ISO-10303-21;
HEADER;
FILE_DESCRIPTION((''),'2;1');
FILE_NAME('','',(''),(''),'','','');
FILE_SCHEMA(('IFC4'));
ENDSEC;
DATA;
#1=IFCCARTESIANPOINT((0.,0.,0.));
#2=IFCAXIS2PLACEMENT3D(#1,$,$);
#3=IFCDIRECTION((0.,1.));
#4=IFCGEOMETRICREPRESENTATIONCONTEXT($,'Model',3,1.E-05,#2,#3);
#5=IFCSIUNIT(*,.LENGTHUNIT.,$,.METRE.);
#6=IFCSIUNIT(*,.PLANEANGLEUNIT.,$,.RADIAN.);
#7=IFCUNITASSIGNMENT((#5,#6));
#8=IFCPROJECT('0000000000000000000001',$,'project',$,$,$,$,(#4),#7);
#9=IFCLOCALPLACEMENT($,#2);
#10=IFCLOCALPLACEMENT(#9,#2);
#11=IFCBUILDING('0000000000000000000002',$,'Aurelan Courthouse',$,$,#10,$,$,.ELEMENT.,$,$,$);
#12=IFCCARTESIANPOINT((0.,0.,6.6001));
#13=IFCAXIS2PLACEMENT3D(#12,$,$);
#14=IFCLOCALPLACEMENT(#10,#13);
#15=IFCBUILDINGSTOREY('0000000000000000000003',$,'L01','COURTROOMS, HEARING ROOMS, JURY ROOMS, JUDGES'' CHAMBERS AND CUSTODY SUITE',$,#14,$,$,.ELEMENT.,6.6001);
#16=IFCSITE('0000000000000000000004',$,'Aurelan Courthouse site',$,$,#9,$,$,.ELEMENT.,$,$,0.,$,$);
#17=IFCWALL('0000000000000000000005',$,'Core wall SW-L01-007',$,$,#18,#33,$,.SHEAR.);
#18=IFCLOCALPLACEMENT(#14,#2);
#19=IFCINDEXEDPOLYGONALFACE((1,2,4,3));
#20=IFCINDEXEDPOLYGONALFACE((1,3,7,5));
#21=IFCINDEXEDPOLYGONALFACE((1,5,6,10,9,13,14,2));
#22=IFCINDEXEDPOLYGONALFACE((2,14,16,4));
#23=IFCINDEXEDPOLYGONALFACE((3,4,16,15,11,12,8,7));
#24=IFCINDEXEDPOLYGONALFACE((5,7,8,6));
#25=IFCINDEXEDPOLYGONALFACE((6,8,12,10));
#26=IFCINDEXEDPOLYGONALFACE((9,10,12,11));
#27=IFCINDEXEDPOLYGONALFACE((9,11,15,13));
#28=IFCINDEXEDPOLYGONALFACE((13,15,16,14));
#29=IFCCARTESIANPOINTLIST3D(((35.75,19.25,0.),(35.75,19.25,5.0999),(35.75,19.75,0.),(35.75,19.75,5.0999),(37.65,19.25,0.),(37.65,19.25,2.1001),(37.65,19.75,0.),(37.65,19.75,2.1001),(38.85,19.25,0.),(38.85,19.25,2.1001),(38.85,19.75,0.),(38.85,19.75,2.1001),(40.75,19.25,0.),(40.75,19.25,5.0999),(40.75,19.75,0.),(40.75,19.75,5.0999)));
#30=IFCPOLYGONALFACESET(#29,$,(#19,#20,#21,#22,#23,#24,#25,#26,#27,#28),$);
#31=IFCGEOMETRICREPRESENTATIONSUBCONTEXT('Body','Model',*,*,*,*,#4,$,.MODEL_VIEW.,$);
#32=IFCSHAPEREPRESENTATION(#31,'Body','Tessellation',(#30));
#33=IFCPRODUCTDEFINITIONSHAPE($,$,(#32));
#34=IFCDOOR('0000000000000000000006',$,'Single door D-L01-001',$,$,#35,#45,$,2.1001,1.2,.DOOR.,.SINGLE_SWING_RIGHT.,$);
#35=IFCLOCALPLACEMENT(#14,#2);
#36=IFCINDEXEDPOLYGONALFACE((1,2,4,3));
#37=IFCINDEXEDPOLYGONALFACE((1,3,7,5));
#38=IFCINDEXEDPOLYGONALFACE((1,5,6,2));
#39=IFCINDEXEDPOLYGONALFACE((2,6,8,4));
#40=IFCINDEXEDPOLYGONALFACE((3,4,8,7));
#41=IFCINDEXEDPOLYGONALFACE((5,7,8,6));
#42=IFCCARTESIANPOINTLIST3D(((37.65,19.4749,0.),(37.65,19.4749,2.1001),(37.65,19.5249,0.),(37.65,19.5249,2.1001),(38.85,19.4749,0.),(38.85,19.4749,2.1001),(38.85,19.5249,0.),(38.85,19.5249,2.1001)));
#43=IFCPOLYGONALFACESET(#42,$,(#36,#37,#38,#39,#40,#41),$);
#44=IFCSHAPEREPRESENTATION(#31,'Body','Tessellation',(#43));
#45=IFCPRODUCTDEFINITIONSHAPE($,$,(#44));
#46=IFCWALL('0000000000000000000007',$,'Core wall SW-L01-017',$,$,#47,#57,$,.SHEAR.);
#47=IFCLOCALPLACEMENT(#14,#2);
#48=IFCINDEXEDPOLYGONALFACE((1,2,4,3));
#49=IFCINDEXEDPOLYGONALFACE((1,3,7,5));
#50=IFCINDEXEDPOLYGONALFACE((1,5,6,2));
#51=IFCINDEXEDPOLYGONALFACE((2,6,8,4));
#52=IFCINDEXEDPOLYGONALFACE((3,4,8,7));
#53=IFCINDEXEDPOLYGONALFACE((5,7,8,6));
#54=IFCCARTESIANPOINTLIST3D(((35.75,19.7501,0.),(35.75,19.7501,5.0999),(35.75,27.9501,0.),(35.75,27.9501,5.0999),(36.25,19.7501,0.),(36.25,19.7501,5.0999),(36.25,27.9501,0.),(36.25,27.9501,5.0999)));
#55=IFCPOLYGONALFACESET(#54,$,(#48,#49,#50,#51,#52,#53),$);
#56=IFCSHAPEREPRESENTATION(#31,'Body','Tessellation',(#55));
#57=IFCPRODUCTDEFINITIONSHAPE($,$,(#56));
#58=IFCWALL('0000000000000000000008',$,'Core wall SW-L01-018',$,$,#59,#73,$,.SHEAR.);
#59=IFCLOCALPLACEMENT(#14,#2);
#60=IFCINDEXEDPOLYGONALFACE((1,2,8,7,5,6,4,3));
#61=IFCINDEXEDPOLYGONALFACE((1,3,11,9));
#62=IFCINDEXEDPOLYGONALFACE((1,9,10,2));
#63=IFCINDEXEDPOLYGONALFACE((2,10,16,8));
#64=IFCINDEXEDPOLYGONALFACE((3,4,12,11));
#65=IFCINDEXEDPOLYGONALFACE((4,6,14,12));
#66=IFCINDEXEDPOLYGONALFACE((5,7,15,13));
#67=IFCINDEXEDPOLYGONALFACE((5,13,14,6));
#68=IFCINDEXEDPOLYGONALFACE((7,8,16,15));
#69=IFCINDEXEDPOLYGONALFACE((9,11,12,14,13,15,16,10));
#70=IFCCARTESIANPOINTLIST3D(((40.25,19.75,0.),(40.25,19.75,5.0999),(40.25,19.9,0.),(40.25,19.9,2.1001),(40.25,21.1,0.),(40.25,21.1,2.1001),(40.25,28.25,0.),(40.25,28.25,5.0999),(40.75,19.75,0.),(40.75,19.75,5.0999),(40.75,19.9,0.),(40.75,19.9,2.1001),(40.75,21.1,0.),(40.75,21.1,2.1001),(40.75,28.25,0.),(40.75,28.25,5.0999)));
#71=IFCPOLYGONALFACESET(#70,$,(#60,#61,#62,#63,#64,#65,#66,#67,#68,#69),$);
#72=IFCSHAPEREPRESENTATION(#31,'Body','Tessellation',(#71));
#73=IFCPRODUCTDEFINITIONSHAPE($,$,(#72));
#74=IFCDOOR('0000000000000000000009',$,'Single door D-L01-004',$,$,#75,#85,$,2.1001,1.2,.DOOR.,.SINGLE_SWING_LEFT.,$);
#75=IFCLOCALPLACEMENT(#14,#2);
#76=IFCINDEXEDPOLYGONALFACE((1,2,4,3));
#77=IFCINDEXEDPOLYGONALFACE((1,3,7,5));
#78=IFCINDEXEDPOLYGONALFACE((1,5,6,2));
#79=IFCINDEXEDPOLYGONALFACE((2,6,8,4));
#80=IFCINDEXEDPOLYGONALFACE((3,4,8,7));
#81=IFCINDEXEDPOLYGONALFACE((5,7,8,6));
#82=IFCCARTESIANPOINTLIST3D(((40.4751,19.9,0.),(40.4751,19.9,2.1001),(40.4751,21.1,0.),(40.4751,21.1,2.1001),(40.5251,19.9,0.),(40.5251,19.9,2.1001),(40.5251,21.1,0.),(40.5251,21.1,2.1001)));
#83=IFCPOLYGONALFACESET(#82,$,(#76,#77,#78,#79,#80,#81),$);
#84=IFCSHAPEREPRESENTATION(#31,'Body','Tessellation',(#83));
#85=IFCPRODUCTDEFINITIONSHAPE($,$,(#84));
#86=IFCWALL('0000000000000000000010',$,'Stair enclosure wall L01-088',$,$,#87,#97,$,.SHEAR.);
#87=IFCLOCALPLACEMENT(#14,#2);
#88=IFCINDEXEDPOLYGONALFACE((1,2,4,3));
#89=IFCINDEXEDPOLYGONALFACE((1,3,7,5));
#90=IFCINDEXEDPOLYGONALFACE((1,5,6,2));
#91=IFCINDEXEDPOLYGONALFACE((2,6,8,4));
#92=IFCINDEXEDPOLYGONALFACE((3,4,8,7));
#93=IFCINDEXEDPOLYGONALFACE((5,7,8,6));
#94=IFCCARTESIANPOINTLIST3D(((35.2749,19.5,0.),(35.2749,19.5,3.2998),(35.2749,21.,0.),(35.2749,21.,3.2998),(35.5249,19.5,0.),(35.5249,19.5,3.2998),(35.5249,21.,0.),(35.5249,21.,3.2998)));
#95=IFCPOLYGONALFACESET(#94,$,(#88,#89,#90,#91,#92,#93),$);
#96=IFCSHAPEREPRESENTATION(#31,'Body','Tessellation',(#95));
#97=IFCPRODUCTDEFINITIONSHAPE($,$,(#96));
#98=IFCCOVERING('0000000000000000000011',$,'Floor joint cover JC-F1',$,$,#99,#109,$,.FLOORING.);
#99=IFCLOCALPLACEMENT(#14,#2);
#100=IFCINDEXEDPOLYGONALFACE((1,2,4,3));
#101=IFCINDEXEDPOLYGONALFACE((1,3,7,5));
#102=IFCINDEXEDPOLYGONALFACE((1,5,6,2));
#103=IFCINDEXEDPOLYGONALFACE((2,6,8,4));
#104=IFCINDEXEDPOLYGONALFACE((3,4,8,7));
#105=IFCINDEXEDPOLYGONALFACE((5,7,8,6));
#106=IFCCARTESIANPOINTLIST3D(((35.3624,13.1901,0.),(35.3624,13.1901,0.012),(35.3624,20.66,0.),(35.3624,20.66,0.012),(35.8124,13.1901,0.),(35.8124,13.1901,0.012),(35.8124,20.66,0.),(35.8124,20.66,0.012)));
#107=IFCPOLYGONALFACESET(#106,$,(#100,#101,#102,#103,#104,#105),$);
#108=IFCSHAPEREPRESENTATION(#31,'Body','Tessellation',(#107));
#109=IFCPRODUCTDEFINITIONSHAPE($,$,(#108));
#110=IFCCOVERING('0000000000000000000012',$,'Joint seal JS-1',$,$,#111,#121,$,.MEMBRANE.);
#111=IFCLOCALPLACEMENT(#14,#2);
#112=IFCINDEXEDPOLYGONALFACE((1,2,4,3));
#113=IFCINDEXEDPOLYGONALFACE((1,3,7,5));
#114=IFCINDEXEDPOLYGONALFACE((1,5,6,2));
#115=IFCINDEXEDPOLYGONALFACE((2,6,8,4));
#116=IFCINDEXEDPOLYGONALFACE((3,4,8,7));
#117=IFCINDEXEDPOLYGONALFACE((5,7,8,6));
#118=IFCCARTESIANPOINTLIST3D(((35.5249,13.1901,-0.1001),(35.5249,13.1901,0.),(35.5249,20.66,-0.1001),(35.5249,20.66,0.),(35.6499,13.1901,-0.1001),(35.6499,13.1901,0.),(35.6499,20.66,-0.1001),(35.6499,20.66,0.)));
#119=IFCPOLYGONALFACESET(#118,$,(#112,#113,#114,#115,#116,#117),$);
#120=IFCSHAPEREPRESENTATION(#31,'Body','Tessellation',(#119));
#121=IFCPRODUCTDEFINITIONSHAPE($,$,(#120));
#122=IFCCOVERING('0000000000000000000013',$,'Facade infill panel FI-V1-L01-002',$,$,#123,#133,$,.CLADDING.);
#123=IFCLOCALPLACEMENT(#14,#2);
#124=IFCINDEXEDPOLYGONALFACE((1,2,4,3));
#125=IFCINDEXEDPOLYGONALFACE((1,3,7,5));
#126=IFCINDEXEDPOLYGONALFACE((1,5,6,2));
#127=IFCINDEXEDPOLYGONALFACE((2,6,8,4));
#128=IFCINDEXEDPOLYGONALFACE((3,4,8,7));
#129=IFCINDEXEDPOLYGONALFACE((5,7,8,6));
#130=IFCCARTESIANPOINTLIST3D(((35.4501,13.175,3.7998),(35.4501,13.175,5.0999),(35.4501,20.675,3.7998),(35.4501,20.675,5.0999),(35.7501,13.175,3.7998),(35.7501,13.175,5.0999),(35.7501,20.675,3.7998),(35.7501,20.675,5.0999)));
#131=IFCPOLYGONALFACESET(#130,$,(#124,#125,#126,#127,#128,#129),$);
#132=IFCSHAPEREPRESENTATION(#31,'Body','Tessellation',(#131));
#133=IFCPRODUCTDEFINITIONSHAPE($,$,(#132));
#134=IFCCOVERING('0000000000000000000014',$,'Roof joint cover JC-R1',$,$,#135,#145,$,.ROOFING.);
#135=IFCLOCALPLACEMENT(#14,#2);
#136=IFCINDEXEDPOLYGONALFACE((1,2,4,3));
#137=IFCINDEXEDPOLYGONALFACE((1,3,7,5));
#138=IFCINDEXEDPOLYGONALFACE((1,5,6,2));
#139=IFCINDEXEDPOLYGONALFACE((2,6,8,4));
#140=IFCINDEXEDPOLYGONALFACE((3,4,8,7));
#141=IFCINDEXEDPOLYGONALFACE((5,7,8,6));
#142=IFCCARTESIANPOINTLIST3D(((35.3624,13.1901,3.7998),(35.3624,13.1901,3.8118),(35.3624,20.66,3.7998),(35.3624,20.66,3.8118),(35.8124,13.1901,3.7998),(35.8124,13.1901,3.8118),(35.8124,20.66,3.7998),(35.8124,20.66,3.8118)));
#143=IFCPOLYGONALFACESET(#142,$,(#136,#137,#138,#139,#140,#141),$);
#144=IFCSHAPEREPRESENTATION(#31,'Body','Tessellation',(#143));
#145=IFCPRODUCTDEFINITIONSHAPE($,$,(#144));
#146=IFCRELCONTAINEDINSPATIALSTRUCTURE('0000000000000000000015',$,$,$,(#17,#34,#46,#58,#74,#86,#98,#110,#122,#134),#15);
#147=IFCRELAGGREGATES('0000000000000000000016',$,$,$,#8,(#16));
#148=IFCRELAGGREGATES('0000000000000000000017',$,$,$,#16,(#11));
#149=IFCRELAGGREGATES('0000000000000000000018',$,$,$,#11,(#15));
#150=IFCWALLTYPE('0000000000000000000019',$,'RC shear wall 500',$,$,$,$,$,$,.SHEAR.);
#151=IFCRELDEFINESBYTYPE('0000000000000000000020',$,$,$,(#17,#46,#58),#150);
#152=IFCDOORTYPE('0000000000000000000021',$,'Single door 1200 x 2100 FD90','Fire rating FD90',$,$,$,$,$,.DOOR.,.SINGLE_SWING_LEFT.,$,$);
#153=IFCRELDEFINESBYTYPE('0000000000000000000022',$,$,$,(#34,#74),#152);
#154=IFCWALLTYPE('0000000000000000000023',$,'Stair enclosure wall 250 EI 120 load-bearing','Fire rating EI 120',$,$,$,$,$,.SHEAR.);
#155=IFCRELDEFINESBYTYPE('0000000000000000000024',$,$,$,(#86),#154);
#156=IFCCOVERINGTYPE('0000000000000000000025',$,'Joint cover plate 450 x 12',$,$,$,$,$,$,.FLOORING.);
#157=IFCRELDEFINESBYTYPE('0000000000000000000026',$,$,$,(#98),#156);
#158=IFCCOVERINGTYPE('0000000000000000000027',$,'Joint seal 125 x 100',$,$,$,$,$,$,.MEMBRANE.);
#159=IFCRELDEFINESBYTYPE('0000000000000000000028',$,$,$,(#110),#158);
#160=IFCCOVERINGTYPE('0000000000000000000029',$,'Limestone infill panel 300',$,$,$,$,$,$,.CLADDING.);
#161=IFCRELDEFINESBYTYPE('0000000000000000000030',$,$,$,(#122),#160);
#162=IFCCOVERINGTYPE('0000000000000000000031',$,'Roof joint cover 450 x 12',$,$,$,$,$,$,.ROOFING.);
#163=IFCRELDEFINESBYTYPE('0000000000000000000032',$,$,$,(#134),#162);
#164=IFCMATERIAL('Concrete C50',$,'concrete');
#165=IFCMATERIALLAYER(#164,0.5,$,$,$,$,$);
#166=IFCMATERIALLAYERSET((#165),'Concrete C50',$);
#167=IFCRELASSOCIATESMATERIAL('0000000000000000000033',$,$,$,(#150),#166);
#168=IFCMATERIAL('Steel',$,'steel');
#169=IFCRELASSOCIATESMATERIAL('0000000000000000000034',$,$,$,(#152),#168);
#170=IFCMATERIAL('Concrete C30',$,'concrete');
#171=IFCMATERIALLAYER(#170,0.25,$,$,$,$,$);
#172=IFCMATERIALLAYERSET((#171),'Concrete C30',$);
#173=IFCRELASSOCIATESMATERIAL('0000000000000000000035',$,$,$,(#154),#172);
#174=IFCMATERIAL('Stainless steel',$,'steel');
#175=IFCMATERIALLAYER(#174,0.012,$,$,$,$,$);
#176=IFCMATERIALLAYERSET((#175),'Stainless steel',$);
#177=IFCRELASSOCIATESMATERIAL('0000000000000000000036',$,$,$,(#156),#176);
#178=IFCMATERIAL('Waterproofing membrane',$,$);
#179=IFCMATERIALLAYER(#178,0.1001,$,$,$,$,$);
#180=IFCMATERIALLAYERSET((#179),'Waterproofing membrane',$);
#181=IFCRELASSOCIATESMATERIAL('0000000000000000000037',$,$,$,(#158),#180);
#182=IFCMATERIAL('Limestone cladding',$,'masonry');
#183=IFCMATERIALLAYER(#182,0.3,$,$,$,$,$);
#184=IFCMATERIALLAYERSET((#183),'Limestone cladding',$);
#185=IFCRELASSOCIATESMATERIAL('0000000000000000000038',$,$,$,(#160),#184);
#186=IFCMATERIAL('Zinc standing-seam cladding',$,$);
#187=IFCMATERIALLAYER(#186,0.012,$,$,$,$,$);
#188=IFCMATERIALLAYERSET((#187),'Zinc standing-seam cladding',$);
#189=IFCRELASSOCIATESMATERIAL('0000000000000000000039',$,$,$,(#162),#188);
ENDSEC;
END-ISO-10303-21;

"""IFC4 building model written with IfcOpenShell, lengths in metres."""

from ifc_helpers import new_model, si_unit, direction, frame, frame_2d, origin, origin_2d, place, context, subcontext, project, spatial, rectangle, extrude, material, layer, layer_set, type_object, element, fill, save


model = new_model("IFC4")

# Units and contexts
model_context = context("Model", 3, precision=1e-05, world=origin(), true_north=direction((0.0, 1.0)))
body_context = subcontext(model_context, "Body", "Model", "MODEL_VIEW")
ifc_project = project(units=[si_unit("LENGTHUNIT", "METRE"), si_unit("PLANEANGLEUNIT", "RADIAN")], contexts=[model_context])

# Site, building, storey
site_placement = place(None, origin())
site = spatial("IfcSite", under=ifc_project, at=site_placement, Name="Aurelan Courthouse site", CompositionType="ELEMENT", RefElevation=0.0)
building_placement = place(site_placement, origin())
building = spatial("IfcBuilding", under=site, at=building_placement, Name="Aurelan Courthouse", CompositionType="ELEMENT")
storey_placement = place(building_placement, frame((0.0, 0.0, 6.6001)))
storey = spatial("IfcBuildingStorey", under=building, at=storey_placement, Name="L01", Description="COURTROOMS, HEARING ROOMS, JURY ROOMS, JUDGES' CHAMBERS AND CUSTODY SUITE", CompositionType="ELEMENT", Elevation=6.6001)

# Shared definitions
ifc_material_1 = material(Name="Concrete C50", Category="concrete")

# Wall, opening, door
ifc_material_2 = material(Name="Steel", Category="steel")
ifc_layer_1 = layer(ifc_material_1, 0.5)
ifc_layer_set_1 = layer_set([ifc_layer_1], Name="Concrete C50")
wall_type_1 = type_object("IfcWallType", Name="RC shear wall 500", PredefinedType="SHEAR", material=ifc_layer_set_1)
wall_1_placement = place(storey_placement, frame((35.75, 19.5, 0.0), z_axis=(0.0, 0.0, 1.0), x_axis=(1.0, 0.0, 0.0)))
wall_1 = element("IfcWall", 1, at=wall_1_placement, inside=storey, type_object=wall_type_1, Name="Core wall SW-L01-007", PredefinedType="SHEAR", context=body_context, shape_type="SweptSolid", body=[
    extrude(rectangle(XDim=5.0, YDim=0.5, at=frame_2d((2.5, 0.0))), origin(), (0.0, 0.0, 1.0), 5.0999),
])
opening_1_placement = place(wall_1_placement, frame((1.8999, 0.0, 0.0)))
opening_1 = element("IfcOpeningElement", 2, at=opening_1_placement, cuts=wall_1, PredefinedType="OPENING", context=body_context, shape_type="SweptSolid", body=[
    extrude(rectangle(XDim=1.2, YDim=2.1001, at=frame_2d((0.6001, 1.05))), frame((0.0, 0.26, 0.0), z_axis=(0.0, -1.0, 0.0), x_axis=(1.0, 0.0, 0.0)), (0.0, 0.0, 1.0), 0.52),
])
door_type_1 = type_object("IfcDoorType", Name="Single door 1200 x 2100 FD90", Description="Fire rating FD90", OperationType="SINGLE_SWING_LEFT", PredefinedType="DOOR", material=ifc_material_2)
door_1_placement = place(opening_1_placement, origin())
door_1 = element("IfcDoor", 3, at=door_1_placement, inside=storey, type_object=door_type_1, Name="Single door D-L01-001", OperationType="SINGLE_SWING_RIGHT", OverallHeight=2.1001, OverallWidth=1.2, PredefinedType="DOOR", context=body_context, shape_type="SweptSolid", body=[
    extrude(rectangle(XDim=1.2, YDim=2.1001, at=frame_2d((0.6001, 1.05))), frame((0.0, 0.0249, 0.0), z_axis=(0.0, -1.0, 0.0), x_axis=(1.0, 0.0, 0.0)), (0.0, 0.0, 1.0), 0.05),
])
fill(opening_1, door_1)

# Wall
wall_2_placement = place(storey_placement, frame((36.0, 19.75, 0.0), z_axis=(0.0, 0.0, 1.0), x_axis=(0.0, 1.0, 0.0)))
element("IfcWall", 4, at=wall_2_placement, inside=storey, type_object=wall_type_1, Name="Core wall SW-L01-017", PredefinedType="SHEAR", context=body_context, shape_type="SweptSolid", body=[
    extrude(rectangle(XDim=8.2, YDim=0.5, at=frame_2d((4.1001, 0.0))), origin(), (0.0, 0.0, 1.0), 5.0999),
])

# Wall, opening, door
wall_3_placement = place(storey_placement, frame((40.5, 19.75, 0.0), z_axis=(0.0, 0.0, 1.0), x_axis=(0.0, 1.0, 0.0)))
wall_3 = element("IfcWall", 5, at=wall_3_placement, inside=storey, type_object=wall_type_1, Name="Core wall SW-L01-018", PredefinedType="SHEAR", context=body_context, shape_type="SweptSolid", body=[
    extrude(rectangle(XDim=8.5, YDim=0.5, at=frame_2d((4.25, 0.0))), origin(), (0.0, 0.0, 1.0), 5.0999),
])
opening_2_placement = place(wall_3_placement, frame((0.1499, 0.0, 0.0)))
opening_2 = element("IfcOpeningElement", 6, at=opening_2_placement, cuts=wall_3, PredefinedType="OPENING", context=body_context, shape_type="SweptSolid", body=[
    extrude(rectangle(XDim=1.2, YDim=2.1001, at=frame_2d((0.6001, 1.05))), frame((0.0, 0.26, 0.0), z_axis=(0.0, -1.0, 0.0), x_axis=(1.0, 0.0, 0.0)), (0.0, 0.0, 1.0), 0.52),
])
door_2_placement = place(opening_2_placement, origin())
door_2 = element("IfcDoor", 7, at=door_2_placement, inside=storey, type_object=door_type_1, Name="Single door D-L01-004", OperationType="SINGLE_SWING_LEFT", OverallHeight=2.1001, OverallWidth=1.2, PredefinedType="DOOR", context=body_context, shape_type="SweptSolid", body=[
    extrude(rectangle(XDim=1.2, YDim=2.1001, at=frame_2d((0.6001, 1.05))), frame((0.0, 0.0249, 0.0), z_axis=(0.0, -1.0, 0.0), x_axis=(1.0, 0.0, 0.0)), (0.0, 0.0, 1.0), 0.05),
])
fill(opening_2, door_2)

# Wall
ifc_material_3 = material(Name="Concrete C30", Category="concrete")
ifc_layer_2 = layer(ifc_material_3, 0.25)
ifc_layer_set_2 = layer_set([ifc_layer_2], Name="Concrete C30")
wall_type_2 = type_object("IfcWallType", Name="Stair enclosure wall 250 EI 120 load-bearing", Description="Fire rating EI 120", PredefinedType="SHEAR", material=ifc_layer_set_2)
wall_4_placement = place(storey_placement, frame((35.3999, 19.5, 0.0), z_axis=(0.0, 0.0, 1.0), x_axis=(0.0, 1.0, 0.0)))
element("IfcWall", 8, at=wall_4_placement, inside=storey, type_object=wall_type_2, Name="Stair enclosure wall L01-088", PredefinedType="SHEAR", context=body_context, shape_type="SweptSolid", body=[
    extrude(rectangle(XDim=1.5, YDim=0.25, at=frame_2d((0.75, 0.0))), origin(), (0.0, 0.0, 1.0), 3.2998),
])

# Coverings
ifc_material_4 = material(Name="Stainless steel", Category="steel")
ifc_layer_3 = layer(ifc_material_4, 0.012)
ifc_layer_set_3 = layer_set([ifc_layer_3], Name="Stainless steel")
covering_type_1 = type_object("IfcCoveringType", Name="Joint cover plate 450 x 12", PredefinedType="FLOORING", material=ifc_layer_set_3)
covering_1_placement = place(storey_placement, frame((35.5874, 16.925, 0.0), z_axis=(0.0, 0.0, 1.0), x_axis=(1.0, 0.0, 0.0)))
element("IfcCovering", 9, at=covering_1_placement, inside=storey, type_object=covering_type_1, Name="Floor joint cover JC-F1", PredefinedType="FLOORING", context=body_context, shape_type="SweptSolid", body=[
    extrude(rectangle(XDim=0.45, YDim=7.47, at=origin_2d()), origin(), (0.0, 0.0, 1.0), 0.012),
])
ifc_material_5 = material(Name="Waterproofing membrane")
ifc_layer_4 = layer(ifc_material_5, 0.1001)
ifc_layer_set_4 = layer_set([ifc_layer_4], Name="Waterproofing membrane")
covering_type_2 = type_object("IfcCoveringType", Name="Joint seal 125 x 100", PredefinedType="MEMBRANE", material=ifc_layer_set_4)
covering_2_placement = place(storey_placement, frame((35.5874, 16.925, -0.1001), z_axis=(0.0, 0.0, 1.0), x_axis=(1.0, 0.0, 0.0)))
element("IfcCovering", 10, at=covering_2_placement, inside=storey, type_object=covering_type_2, Name="Joint seal JS-1", PredefinedType="MEMBRANE", context=body_context, shape_type="SweptSolid", body=[
    extrude(rectangle(XDim=0.125, YDim=7.47, at=origin_2d()), origin(), (0.0, 0.0, 1.0), 0.1001),
])
ifc_material_6 = material(Name="Limestone cladding", Category="masonry")
ifc_layer_5 = layer(ifc_material_6, 0.3)
ifc_layer_set_5 = layer_set([ifc_layer_5], Name="Limestone cladding")
covering_type_3 = type_object("IfcCoveringType", Name="Limestone infill panel 300", PredefinedType="CLADDING", material=ifc_layer_set_5)
covering_3_placement = place(storey_placement, frame((35.6001, 16.925, 3.7998), z_axis=(0.0, 0.0, 1.0), x_axis=(1.0, 0.0, 0.0)))
element("IfcCovering", 11, at=covering_3_placement, inside=storey, type_object=covering_type_3, Name="Facade infill panel FI-V1-L01-002", PredefinedType="CLADDING", context=body_context, shape_type="SweptSolid", body=[
    extrude(rectangle(XDim=0.3, YDim=7.5, at=origin_2d()), origin(), (0.0, 0.0, 1.0), 1.3),
])
ifc_material_7 = material(Name="Zinc standing-seam cladding")
ifc_layer_6 = layer(ifc_material_7, 0.012)
ifc_layer_set_6 = layer_set([ifc_layer_6], Name="Zinc standing-seam cladding")
covering_type_4 = type_object("IfcCoveringType", Name="Roof joint cover 450 x 12", PredefinedType="ROOFING", material=ifc_layer_set_6)
covering_4_placement = place(storey_placement, frame((35.5874, 16.925, 3.7998), z_axis=(0.0, 0.0, 1.0), x_axis=(1.0, 0.0, 0.0)))
element("IfcCovering", 12, at=covering_4_placement, inside=storey, type_object=covering_type_4, Name="Roof joint cover JC-R1", PredefinedType="ROOFING", context=body_context, shape_type="SweptSolid", body=[
    extrude(rectangle(XDim=0.45, YDim=7.47, at=origin_2d()), origin(), (0.0, 0.0, 1.0), 0.012),
])

save(model, "model.ifc")
